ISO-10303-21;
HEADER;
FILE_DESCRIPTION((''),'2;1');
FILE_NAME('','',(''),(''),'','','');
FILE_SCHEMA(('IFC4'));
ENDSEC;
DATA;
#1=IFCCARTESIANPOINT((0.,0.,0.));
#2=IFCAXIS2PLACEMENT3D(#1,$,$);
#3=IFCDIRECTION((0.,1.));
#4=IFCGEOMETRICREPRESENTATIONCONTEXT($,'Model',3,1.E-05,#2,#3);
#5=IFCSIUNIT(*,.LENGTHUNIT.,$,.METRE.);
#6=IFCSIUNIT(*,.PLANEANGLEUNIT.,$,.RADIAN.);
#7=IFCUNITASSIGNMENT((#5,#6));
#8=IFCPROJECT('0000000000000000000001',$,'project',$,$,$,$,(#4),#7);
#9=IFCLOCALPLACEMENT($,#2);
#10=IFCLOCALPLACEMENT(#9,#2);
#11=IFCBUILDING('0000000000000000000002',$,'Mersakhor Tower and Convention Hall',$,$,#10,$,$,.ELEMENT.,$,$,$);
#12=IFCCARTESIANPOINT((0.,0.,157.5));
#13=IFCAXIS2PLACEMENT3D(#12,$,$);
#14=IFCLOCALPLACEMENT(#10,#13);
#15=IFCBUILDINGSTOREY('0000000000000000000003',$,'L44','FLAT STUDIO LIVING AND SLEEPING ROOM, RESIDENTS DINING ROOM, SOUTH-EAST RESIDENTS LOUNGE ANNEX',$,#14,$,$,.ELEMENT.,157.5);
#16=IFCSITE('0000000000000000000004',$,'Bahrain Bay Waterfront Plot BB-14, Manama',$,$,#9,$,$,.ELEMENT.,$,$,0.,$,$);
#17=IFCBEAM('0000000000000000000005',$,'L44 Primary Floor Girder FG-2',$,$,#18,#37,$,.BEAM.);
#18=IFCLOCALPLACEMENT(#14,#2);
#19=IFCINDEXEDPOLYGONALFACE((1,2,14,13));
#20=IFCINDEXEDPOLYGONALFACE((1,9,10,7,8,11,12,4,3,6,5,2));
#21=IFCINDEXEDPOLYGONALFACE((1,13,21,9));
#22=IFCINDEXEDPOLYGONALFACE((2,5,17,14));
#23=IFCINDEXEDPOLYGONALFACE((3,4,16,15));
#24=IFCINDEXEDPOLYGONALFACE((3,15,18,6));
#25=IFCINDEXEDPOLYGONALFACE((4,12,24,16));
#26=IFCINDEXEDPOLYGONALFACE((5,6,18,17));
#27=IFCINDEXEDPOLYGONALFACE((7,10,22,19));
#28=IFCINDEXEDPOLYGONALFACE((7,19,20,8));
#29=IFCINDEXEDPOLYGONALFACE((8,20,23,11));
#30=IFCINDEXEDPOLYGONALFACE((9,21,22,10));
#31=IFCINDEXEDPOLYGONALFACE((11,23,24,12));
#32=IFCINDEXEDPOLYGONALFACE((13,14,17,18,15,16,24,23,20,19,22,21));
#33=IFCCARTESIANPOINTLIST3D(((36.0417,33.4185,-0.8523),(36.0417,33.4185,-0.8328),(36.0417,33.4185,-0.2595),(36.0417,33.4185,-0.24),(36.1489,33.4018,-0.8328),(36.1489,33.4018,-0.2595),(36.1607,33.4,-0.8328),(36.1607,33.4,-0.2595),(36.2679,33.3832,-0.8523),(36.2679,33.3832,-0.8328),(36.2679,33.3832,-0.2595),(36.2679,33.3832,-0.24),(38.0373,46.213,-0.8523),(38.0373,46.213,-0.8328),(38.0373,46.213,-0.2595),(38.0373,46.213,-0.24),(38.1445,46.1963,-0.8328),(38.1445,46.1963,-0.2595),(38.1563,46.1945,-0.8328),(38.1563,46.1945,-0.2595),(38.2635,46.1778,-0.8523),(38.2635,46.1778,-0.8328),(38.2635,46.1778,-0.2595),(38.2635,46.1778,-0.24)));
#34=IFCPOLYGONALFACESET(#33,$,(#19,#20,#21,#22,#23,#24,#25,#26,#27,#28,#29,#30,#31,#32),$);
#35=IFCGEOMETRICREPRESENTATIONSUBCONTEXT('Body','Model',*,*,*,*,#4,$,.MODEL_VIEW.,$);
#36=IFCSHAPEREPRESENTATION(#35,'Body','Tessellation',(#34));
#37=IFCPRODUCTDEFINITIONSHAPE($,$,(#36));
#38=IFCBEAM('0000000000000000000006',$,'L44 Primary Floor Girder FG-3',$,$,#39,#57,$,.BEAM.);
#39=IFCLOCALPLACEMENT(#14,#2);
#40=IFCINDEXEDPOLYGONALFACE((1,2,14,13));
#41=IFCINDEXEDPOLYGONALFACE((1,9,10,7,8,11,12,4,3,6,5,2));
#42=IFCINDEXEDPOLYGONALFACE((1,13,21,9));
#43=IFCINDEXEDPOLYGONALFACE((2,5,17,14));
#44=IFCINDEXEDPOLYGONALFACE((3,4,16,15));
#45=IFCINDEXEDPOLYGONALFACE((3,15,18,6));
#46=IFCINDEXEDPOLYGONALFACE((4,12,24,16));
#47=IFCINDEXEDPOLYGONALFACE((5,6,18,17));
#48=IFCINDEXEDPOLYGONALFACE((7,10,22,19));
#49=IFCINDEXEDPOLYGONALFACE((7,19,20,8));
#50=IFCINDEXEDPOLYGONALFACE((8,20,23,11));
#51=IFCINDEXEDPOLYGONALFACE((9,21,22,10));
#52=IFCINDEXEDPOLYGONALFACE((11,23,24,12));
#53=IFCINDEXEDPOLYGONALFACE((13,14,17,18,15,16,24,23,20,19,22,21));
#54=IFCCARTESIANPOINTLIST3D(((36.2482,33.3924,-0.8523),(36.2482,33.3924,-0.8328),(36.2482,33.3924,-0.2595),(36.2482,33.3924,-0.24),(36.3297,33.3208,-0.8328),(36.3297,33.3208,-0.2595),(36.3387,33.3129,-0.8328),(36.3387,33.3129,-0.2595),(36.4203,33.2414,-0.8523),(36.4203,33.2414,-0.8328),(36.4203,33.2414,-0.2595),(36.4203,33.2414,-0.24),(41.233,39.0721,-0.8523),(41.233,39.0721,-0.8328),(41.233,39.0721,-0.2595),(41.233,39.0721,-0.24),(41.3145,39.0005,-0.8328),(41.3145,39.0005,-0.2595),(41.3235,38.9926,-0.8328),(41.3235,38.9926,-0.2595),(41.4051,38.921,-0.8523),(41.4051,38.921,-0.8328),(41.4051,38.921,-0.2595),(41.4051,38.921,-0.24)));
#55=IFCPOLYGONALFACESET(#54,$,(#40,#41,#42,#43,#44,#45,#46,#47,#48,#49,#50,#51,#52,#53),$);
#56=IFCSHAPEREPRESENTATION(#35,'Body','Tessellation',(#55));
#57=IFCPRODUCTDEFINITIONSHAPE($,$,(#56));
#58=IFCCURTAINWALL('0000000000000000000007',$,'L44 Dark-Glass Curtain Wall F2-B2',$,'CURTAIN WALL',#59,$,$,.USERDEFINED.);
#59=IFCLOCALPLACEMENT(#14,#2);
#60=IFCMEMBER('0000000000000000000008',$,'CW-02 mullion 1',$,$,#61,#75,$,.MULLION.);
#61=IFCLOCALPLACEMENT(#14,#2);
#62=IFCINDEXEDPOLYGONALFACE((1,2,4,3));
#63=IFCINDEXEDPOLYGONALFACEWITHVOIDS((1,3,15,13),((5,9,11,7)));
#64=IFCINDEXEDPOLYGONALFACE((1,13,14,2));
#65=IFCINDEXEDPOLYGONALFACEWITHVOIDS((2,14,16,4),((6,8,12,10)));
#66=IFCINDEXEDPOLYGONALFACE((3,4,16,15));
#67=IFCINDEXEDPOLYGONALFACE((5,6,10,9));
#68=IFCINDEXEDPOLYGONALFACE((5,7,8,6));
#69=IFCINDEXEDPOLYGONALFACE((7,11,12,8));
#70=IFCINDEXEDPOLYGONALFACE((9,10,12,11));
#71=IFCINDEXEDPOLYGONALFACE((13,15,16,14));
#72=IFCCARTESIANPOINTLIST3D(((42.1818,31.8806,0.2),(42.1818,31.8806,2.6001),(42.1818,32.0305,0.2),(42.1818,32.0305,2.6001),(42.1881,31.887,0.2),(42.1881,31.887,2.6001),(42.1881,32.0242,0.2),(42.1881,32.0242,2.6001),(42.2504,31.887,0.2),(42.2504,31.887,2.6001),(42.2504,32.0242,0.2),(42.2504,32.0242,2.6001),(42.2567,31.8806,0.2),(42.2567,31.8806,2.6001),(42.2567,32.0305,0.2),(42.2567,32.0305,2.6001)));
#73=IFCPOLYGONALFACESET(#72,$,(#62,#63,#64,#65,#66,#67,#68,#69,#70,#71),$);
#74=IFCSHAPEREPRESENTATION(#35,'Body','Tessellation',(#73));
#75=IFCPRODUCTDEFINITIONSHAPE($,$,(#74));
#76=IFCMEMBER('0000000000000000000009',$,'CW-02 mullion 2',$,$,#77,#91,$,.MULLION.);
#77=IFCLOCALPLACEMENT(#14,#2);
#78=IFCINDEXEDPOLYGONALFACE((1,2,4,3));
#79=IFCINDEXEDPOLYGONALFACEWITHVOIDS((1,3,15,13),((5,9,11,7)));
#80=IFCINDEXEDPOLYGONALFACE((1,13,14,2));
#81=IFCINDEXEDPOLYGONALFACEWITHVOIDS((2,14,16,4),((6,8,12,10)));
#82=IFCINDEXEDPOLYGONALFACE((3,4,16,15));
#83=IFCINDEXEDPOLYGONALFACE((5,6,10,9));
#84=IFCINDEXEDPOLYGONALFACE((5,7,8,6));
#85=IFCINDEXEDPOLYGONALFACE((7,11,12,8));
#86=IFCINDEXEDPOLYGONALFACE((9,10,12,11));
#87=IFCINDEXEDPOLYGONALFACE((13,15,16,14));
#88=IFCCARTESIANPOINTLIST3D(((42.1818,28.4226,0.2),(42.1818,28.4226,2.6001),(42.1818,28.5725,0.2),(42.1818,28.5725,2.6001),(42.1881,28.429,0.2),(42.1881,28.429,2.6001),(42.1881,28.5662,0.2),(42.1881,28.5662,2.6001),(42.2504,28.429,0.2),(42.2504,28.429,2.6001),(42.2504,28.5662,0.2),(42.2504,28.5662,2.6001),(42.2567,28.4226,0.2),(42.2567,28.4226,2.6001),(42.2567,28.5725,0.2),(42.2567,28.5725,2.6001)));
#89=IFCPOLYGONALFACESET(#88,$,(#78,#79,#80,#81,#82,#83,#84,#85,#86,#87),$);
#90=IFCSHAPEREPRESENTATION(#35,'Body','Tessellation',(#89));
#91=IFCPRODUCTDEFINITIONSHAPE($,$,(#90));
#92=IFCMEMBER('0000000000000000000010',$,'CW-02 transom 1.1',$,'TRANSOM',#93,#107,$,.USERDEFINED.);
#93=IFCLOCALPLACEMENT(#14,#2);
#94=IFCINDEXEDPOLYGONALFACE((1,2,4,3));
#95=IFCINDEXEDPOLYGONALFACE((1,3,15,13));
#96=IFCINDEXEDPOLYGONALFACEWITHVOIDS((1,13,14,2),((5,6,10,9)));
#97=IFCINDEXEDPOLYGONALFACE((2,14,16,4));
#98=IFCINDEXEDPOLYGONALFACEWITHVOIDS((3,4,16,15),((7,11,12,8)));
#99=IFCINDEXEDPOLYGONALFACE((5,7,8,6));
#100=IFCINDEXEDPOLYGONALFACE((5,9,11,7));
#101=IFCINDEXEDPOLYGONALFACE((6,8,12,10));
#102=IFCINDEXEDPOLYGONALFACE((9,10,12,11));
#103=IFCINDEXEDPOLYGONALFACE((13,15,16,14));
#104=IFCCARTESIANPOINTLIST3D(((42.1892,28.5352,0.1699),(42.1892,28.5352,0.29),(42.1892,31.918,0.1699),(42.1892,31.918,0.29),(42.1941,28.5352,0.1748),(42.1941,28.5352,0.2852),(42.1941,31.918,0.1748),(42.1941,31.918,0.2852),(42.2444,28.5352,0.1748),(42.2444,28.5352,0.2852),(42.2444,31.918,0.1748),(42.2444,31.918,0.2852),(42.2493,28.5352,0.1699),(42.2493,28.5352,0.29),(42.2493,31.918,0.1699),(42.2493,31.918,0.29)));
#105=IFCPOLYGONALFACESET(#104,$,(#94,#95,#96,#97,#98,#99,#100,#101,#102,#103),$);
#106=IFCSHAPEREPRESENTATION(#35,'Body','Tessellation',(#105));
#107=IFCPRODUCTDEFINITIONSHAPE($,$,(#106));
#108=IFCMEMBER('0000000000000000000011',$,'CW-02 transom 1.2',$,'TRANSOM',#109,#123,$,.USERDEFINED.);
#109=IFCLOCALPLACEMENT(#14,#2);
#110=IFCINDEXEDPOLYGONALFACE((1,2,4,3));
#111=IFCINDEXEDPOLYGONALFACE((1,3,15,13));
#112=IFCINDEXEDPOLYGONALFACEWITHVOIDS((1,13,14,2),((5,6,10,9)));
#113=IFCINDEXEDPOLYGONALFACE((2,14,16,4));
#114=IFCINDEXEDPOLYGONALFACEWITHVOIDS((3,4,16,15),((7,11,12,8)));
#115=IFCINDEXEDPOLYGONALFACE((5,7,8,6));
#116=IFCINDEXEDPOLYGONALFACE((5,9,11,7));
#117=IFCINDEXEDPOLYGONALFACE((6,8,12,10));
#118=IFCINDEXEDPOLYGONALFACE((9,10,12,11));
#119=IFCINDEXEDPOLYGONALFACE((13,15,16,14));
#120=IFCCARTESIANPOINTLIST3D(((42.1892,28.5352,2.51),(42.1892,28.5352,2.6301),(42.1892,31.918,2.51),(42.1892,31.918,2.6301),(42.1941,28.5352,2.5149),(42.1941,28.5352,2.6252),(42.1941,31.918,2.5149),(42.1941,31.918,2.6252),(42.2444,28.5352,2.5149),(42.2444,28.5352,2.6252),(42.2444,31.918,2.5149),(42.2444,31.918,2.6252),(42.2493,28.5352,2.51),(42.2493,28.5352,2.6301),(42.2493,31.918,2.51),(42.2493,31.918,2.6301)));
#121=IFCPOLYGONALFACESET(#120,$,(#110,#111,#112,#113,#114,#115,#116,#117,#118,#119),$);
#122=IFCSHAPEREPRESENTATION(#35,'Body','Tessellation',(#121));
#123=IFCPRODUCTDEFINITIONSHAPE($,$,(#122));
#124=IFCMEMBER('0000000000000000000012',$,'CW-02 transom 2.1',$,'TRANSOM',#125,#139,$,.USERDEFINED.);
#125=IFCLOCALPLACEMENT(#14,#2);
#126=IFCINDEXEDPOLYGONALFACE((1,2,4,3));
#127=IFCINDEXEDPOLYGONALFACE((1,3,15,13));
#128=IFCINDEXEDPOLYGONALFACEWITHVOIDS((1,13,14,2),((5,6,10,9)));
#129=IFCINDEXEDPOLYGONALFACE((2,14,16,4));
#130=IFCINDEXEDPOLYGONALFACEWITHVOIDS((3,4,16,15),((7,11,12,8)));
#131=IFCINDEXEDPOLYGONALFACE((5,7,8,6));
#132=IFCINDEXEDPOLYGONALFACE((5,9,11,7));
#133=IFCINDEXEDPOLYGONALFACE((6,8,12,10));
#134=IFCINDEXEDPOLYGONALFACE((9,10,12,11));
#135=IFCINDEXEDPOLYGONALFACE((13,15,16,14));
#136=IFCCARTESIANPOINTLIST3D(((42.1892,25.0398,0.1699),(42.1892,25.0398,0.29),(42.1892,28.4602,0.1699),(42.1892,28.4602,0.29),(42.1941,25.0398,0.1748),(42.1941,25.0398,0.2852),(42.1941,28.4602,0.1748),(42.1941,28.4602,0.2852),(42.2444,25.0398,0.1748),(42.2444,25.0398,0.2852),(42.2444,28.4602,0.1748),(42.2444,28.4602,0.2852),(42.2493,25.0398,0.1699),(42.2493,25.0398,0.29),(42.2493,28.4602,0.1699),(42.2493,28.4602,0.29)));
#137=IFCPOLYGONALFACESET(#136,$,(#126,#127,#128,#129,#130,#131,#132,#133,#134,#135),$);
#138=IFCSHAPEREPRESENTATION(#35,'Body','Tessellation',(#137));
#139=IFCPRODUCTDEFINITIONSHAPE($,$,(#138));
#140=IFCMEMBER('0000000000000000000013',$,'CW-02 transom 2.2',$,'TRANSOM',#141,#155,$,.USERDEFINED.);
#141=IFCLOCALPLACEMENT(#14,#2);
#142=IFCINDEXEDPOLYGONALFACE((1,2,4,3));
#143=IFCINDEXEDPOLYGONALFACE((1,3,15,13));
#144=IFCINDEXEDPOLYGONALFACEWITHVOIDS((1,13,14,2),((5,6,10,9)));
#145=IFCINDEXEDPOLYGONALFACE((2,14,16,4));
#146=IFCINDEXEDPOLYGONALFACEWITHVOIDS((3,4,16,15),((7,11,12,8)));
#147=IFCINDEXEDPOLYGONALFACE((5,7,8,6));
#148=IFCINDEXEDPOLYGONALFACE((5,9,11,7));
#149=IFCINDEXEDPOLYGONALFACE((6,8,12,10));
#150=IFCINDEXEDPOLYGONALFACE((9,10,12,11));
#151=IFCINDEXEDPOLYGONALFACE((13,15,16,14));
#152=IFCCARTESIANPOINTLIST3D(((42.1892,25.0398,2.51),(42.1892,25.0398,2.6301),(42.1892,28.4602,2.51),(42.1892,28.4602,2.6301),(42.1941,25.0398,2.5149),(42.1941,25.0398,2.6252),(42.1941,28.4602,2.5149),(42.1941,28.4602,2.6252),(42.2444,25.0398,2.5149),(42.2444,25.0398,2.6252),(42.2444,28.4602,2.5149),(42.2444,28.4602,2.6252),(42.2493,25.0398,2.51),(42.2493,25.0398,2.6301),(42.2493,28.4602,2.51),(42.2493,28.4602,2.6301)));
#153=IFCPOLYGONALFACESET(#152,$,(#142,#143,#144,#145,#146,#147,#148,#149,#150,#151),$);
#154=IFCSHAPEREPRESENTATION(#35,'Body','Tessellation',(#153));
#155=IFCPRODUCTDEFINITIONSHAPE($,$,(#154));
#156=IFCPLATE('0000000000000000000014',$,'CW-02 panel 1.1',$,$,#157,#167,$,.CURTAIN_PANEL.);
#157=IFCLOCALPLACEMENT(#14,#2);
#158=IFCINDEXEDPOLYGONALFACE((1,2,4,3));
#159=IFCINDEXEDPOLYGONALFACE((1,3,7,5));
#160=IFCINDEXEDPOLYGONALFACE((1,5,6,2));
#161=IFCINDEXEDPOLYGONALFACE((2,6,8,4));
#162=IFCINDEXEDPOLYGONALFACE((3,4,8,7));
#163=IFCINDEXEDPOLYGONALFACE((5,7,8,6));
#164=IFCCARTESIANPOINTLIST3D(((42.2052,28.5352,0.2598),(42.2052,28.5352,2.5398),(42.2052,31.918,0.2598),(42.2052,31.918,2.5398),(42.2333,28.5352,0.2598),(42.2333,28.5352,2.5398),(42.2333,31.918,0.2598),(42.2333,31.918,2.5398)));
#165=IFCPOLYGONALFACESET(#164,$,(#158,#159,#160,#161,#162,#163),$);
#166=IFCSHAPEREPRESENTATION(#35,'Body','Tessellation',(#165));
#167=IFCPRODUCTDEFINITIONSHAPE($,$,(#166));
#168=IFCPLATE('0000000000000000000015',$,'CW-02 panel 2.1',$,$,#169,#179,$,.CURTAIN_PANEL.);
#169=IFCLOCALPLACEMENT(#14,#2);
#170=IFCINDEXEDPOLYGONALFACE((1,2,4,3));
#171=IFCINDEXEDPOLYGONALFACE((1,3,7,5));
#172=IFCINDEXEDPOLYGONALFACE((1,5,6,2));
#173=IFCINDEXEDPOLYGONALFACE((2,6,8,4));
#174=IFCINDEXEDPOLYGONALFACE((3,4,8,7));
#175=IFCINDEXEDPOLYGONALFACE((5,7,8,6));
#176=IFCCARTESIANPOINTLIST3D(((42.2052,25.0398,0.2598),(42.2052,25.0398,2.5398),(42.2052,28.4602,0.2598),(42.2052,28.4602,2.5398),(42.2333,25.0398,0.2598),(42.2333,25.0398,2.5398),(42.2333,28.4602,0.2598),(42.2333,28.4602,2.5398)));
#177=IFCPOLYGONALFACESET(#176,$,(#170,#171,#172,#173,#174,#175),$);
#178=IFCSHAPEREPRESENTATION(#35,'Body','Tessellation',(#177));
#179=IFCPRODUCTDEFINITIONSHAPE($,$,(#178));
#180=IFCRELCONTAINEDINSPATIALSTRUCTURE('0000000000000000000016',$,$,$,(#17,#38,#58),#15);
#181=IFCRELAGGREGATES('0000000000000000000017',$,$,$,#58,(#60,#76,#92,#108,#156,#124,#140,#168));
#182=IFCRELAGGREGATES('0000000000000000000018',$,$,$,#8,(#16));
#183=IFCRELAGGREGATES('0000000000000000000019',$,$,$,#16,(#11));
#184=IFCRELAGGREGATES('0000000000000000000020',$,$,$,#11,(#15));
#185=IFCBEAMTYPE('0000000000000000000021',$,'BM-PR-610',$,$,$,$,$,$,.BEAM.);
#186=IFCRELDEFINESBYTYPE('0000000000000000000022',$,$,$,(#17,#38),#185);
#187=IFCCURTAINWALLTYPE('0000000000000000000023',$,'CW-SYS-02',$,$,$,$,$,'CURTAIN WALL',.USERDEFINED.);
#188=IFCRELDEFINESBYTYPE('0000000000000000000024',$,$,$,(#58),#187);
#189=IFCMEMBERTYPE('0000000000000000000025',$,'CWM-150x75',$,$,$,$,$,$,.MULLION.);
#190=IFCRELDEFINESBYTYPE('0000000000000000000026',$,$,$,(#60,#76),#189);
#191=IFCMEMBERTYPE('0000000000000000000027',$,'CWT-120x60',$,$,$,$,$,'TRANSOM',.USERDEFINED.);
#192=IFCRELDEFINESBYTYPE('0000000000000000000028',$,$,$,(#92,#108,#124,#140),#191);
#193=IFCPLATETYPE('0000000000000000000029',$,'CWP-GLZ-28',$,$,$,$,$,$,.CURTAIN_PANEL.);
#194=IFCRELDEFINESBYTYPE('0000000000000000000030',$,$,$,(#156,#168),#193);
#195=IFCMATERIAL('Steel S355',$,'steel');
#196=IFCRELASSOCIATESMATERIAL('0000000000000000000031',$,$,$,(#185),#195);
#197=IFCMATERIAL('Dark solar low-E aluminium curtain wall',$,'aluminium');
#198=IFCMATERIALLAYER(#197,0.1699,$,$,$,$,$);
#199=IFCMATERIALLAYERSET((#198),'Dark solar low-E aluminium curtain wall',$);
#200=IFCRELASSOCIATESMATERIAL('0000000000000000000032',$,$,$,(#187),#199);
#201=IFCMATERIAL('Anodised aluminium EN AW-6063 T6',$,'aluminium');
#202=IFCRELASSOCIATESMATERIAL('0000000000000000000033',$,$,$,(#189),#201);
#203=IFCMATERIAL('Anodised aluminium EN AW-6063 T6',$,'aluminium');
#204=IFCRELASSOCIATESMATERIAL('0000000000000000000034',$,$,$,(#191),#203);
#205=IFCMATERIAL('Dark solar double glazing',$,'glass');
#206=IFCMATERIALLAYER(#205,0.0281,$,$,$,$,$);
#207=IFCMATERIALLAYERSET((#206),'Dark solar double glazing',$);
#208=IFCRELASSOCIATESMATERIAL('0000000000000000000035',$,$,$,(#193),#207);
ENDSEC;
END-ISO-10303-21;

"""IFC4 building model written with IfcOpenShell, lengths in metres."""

from ifc_helpers import new_model, si_unit, direction, frame, origin, origin_2d, place, context, subcontext, project, spatial, rectangle, hollow_rectangle, i_section, extrude, material, layer, layer_set, material_profile, profile_set, type_object, element, aggregate, save


model = new_model("IFC4")

# Units and contexts
model_context = context("Model", 3, precision=1e-05, world=origin(), true_north=direction((0.0, 1.0)))
body_context = subcontext(model_context, "Body", "Model", "MODEL_VIEW")
ifc_project = project(units=[si_unit("LENGTHUNIT", "METRE"), si_unit("PLANEANGLEUNIT", "RADIAN")], contexts=[model_context])

# Site, building, storey
site_placement = place(None, origin())
site = spatial("IfcSite", under=ifc_project, at=site_placement, Name="Bahrain Bay Waterfront Plot BB-14, Manama", CompositionType="ELEMENT", RefElevation=0.0)
building_placement = place(site_placement, origin())
building = spatial("IfcBuilding", under=site, at=building_placement, Name="Mersakhor Tower and Convention Hall", CompositionType="ELEMENT")
storey_placement = place(building_placement, frame((0.0, 0.0, 157.5)))
storey = spatial("IfcBuildingStorey", under=building, at=storey_placement, Name="L44", Description="FLAT STUDIO LIVING AND SLEEPING ROOM, RESIDENTS DINING ROOM, SOUTH-EAST RESIDENTS LOUNGE ANNEX", CompositionType="ELEMENT", Elevation=157.5)

# Beams
ifc_material_1 = material(Name="Steel S355", Category="steel")
ifc_material_profile_1 = material_profile(ifc_material_1, i_section(OverallWidth=0.229, OverallDepth=0.6123, WebThickness=0.012, FlangeThickness=0.0195, at=origin_2d()), Name="UB 610x229x125")
ifc_profile_set_1 = profile_set([ifc_material_profile_1], Name="Steel S355")
beam_type = type_object("IfcBeamType", Name="BM-PR-610", PredefinedType="BEAM", material=ifc_profile_set_1)
beam_1_placement = place(storey_placement, frame((36.1548, 33.4009, -0.5461), z_axis=(0.154111, 0.988054, 0.0), x_axis=(-0.988054, 0.154111, 0.0)))
element("IfcBeam", 1, at=beam_1_placement, inside=storey, type_object=beam_type, Name="L44 Primary Floor Girder FG-2", PredefinedType="BEAM", context=body_context, shape_type="SweptSolid", body=[
    extrude(i_section(OverallWidth=0.229, OverallDepth=0.6123, WebThickness=0.012, FlangeThickness=0.0195, at=origin_2d()), origin(), (0.0, 0.0, 1.0), 12.9492),
])
beam_2_placement = place(storey_placement, frame((36.3342, 33.3169, -0.5461), z_axis=(0.659638, 0.751583, 0.0), x_axis=(-0.751583, 0.659638, 0.0)))
element("IfcBeam", 2, at=beam_2_placement, inside=storey, type_object=beam_type, Name="L44 Primary Floor Girder FG-3", PredefinedType="BEAM", context=body_context, shape_type="SweptSolid", body=[
    extrude(i_section(OverallWidth=0.229, OverallDepth=0.6123, WebThickness=0.012, FlangeThickness=0.0195, at=origin_2d()), origin(), (0.0, 0.0, 1.0), 7.5569),
])

# Curtain wall, members, plates
ifc_material_2 = material(Name="Dark solar low-E aluminium curtain wall", Category="aluminium")
ifc_layer_1 = layer(ifc_material_2, 0.1699)
ifc_layer_set_1 = layer_set([ifc_layer_1], Name="Dark solar low-E aluminium curtain wall")
curtain_wall_type = type_object("IfcCurtainWallType", Name="CW-SYS-02", ElementType="CURTAIN WALL", PredefinedType="USERDEFINED", material=ifc_layer_set_1)
curtain_wall_placement = place(storey_placement, origin())
curtain_wall = element("IfcCurtainWall", 3, at=curtain_wall_placement, inside=storey, type_object=curtain_wall_type, Name="L44 Dark-Glass Curtain Wall F2-B2", ObjectType="CURTAIN WALL", PredefinedType="USERDEFINED")
ifc_material_3 = material(Name="Anodised aluminium EN AW-6063 T6", Category="aluminium")
ifc_material_profile_2 = material_profile(ifc_material_3, hollow_rectangle(XDim=0.075, YDim=0.1499, WallThickness=0.0063, at=origin_2d()), Name="RHS 150x75x6.3")
ifc_profile_set_2 = profile_set([ifc_material_profile_2], Name="Anodised aluminium EN AW-6063 T6")
member_type_1 = type_object("IfcMemberType", Name="CWM-150x75", PredefinedType="MULLION", material=ifc_profile_set_2)
member_1_placement = place(storey_placement, frame((42.2192, 31.9556, 0.2), z_axis=(0.0, 0.0, 1.0), x_axis=(1.0, 0.0, 0.0)))
member_1 = element("IfcMember", 4, at=member_1_placement, type_object=member_type_1, Name="CW-02 mullion 1", PredefinedType="MULLION", context=body_context, shape_type="SweptSolid", body=[
    extrude(hollow_rectangle(XDim=0.075, YDim=0.1499, WallThickness=0.0063, at=origin_2d()), origin(), (0.0, 0.0, 1.0), 2.4001),
])
member_2_placement = place(storey_placement, frame((42.2192, 28.4976, 0.2), z_axis=(0.0, 0.0, 1.0), x_axis=(1.0, 0.0, 0.0)))
member_2 = element("IfcMember", 5, at=member_2_placement, type_object=member_type_1, Name="CW-02 mullion 2", PredefinedType="MULLION", context=body_context, shape_type="SweptSolid", body=[
    extrude(hollow_rectangle(XDim=0.075, YDim=0.1499, WallThickness=0.0063, at=origin_2d()), origin(), (0.0, 0.0, 1.0), 2.4001),
])
ifc_material_4 = material(Name="Anodised aluminium EN AW-6063 T6", Category="aluminium")
ifc_material_profile_3 = material_profile(ifc_material_4, hollow_rectangle(XDim=0.0601, YDim=0.1201, WallThickness=0.0049, at=origin_2d()), Name="RHS 120x60x5")
ifc_profile_set_3 = profile_set([ifc_material_profile_3], Name="Anodised aluminium EN AW-6063 T6")
member_type_2 = type_object("IfcMemberType", Name="CWT-120x60", ElementType="TRANSOM", PredefinedType="USERDEFINED", material=ifc_profile_set_3)
member_3_placement = place(storey_placement, frame((42.2192, 31.918, 0.23), z_axis=(0.0, -1.0, 0.0), x_axis=(1.0, 0.0, 0.0)))
member_3 = element("IfcMember", 6, at=member_3_placement, type_object=member_type_2, Name="CW-02 transom 1.1", ObjectType="TRANSOM", PredefinedType="USERDEFINED", context=body_context, shape_type="SweptSolid", body=[
    extrude(hollow_rectangle(XDim=0.0601, YDim=0.1201, WallThickness=0.0049, at=origin_2d()), origin(), (0.0, 0.0, 1.0), 3.3828),
])
member_4_placement = place(storey_placement, frame((42.2192, 31.918, 2.5701), z_axis=(0.0, -1.0, 0.0), x_axis=(1.0, 0.0, 0.0)))
member_4 = element("IfcMember", 7, at=member_4_placement, type_object=member_type_2, Name="CW-02 transom 1.2", ObjectType="TRANSOM", PredefinedType="USERDEFINED", context=body_context, shape_type="SweptSolid", body=[
    extrude(hollow_rectangle(XDim=0.0601, YDim=0.1201, WallThickness=0.0049, at=origin_2d()), origin(), (0.0, 0.0, 1.0), 3.3828),
])
member_5_placement = place(storey_placement, frame((42.2192, 28.4602, 0.23), z_axis=(0.0, -1.0, 0.0), x_axis=(1.0, 0.0, 0.0)))
member_5 = element("IfcMember", 8, at=member_5_placement, type_object=member_type_2, Name="CW-02 transom 2.1", ObjectType="TRANSOM", PredefinedType="USERDEFINED", context=body_context, shape_type="SweptSolid", body=[
    extrude(hollow_rectangle(XDim=0.0601, YDim=0.1201, WallThickness=0.0049, at=origin_2d()), origin(), (0.0, 0.0, 1.0), 3.4204),
])
member_6_placement = place(storey_placement, frame((42.2192, 28.4602, 2.5701), z_axis=(0.0, -1.0, 0.0), x_axis=(1.0, 0.0, 0.0)))
member_6 = element("IfcMember", 9, at=member_6_placement, type_object=member_type_2, Name="CW-02 transom 2.2", ObjectType="TRANSOM", PredefinedType="USERDEFINED", context=body_context, shape_type="SweptSolid", body=[
    extrude(hollow_rectangle(XDim=0.0601, YDim=0.1201, WallThickness=0.0049, at=origin_2d()), origin(), (0.0, 0.0, 1.0), 3.4204),
])
ifc_material_5 = material(Name="Dark solar double glazing", Category="glass")
ifc_layer_2 = layer(ifc_material_5, 0.0281)
ifc_layer_set_2 = layer_set([ifc_layer_2], Name="Dark solar double glazing")
plate_type_1 = type_object("IfcPlateType", Name="CWP-GLZ-28", PredefinedType="CURTAIN_PANEL", material=ifc_layer_set_2)
plate_1_placement = place(storey_placement, frame((42.2192, 30.2266, 0.2598), z_axis=(0.0, 0.0, 1.0), x_axis=(0.0, -1.0, 0.0)))
plate_1 = element("IfcPlate", 10, at=plate_1_placement, type_object=plate_type_1, Name="CW-02 panel 1.1", PredefinedType="CURTAIN_PANEL", context=body_context, shape_type="SweptSolid", body=[
    extrude(rectangle(XDim=3.3828, YDim=0.0281, at=origin_2d()), origin(), (0.0, 0.0, 1.0), 2.28),
])
plate_2_placement = place(storey_placement, frame((42.2192, 26.75, 0.2598), z_axis=(0.0, 0.0, 1.0), x_axis=(0.0, -1.0, 0.0)))
plate_2 = element("IfcPlate", 11, at=plate_2_placement, type_object=plate_type_1, Name="CW-02 panel 2.1", PredefinedType="CURTAIN_PANEL", context=body_context, shape_type="SweptSolid", body=[
    extrude(rectangle(XDim=3.4204, YDim=0.0281, at=origin_2d()), origin(), (0.0, 0.0, 1.0), 2.28),
])
aggregate(curtain_wall, [member_1, member_2, member_3, member_4, plate_1, member_5, member_6, plate_2])

save(model, "model.ifc")
